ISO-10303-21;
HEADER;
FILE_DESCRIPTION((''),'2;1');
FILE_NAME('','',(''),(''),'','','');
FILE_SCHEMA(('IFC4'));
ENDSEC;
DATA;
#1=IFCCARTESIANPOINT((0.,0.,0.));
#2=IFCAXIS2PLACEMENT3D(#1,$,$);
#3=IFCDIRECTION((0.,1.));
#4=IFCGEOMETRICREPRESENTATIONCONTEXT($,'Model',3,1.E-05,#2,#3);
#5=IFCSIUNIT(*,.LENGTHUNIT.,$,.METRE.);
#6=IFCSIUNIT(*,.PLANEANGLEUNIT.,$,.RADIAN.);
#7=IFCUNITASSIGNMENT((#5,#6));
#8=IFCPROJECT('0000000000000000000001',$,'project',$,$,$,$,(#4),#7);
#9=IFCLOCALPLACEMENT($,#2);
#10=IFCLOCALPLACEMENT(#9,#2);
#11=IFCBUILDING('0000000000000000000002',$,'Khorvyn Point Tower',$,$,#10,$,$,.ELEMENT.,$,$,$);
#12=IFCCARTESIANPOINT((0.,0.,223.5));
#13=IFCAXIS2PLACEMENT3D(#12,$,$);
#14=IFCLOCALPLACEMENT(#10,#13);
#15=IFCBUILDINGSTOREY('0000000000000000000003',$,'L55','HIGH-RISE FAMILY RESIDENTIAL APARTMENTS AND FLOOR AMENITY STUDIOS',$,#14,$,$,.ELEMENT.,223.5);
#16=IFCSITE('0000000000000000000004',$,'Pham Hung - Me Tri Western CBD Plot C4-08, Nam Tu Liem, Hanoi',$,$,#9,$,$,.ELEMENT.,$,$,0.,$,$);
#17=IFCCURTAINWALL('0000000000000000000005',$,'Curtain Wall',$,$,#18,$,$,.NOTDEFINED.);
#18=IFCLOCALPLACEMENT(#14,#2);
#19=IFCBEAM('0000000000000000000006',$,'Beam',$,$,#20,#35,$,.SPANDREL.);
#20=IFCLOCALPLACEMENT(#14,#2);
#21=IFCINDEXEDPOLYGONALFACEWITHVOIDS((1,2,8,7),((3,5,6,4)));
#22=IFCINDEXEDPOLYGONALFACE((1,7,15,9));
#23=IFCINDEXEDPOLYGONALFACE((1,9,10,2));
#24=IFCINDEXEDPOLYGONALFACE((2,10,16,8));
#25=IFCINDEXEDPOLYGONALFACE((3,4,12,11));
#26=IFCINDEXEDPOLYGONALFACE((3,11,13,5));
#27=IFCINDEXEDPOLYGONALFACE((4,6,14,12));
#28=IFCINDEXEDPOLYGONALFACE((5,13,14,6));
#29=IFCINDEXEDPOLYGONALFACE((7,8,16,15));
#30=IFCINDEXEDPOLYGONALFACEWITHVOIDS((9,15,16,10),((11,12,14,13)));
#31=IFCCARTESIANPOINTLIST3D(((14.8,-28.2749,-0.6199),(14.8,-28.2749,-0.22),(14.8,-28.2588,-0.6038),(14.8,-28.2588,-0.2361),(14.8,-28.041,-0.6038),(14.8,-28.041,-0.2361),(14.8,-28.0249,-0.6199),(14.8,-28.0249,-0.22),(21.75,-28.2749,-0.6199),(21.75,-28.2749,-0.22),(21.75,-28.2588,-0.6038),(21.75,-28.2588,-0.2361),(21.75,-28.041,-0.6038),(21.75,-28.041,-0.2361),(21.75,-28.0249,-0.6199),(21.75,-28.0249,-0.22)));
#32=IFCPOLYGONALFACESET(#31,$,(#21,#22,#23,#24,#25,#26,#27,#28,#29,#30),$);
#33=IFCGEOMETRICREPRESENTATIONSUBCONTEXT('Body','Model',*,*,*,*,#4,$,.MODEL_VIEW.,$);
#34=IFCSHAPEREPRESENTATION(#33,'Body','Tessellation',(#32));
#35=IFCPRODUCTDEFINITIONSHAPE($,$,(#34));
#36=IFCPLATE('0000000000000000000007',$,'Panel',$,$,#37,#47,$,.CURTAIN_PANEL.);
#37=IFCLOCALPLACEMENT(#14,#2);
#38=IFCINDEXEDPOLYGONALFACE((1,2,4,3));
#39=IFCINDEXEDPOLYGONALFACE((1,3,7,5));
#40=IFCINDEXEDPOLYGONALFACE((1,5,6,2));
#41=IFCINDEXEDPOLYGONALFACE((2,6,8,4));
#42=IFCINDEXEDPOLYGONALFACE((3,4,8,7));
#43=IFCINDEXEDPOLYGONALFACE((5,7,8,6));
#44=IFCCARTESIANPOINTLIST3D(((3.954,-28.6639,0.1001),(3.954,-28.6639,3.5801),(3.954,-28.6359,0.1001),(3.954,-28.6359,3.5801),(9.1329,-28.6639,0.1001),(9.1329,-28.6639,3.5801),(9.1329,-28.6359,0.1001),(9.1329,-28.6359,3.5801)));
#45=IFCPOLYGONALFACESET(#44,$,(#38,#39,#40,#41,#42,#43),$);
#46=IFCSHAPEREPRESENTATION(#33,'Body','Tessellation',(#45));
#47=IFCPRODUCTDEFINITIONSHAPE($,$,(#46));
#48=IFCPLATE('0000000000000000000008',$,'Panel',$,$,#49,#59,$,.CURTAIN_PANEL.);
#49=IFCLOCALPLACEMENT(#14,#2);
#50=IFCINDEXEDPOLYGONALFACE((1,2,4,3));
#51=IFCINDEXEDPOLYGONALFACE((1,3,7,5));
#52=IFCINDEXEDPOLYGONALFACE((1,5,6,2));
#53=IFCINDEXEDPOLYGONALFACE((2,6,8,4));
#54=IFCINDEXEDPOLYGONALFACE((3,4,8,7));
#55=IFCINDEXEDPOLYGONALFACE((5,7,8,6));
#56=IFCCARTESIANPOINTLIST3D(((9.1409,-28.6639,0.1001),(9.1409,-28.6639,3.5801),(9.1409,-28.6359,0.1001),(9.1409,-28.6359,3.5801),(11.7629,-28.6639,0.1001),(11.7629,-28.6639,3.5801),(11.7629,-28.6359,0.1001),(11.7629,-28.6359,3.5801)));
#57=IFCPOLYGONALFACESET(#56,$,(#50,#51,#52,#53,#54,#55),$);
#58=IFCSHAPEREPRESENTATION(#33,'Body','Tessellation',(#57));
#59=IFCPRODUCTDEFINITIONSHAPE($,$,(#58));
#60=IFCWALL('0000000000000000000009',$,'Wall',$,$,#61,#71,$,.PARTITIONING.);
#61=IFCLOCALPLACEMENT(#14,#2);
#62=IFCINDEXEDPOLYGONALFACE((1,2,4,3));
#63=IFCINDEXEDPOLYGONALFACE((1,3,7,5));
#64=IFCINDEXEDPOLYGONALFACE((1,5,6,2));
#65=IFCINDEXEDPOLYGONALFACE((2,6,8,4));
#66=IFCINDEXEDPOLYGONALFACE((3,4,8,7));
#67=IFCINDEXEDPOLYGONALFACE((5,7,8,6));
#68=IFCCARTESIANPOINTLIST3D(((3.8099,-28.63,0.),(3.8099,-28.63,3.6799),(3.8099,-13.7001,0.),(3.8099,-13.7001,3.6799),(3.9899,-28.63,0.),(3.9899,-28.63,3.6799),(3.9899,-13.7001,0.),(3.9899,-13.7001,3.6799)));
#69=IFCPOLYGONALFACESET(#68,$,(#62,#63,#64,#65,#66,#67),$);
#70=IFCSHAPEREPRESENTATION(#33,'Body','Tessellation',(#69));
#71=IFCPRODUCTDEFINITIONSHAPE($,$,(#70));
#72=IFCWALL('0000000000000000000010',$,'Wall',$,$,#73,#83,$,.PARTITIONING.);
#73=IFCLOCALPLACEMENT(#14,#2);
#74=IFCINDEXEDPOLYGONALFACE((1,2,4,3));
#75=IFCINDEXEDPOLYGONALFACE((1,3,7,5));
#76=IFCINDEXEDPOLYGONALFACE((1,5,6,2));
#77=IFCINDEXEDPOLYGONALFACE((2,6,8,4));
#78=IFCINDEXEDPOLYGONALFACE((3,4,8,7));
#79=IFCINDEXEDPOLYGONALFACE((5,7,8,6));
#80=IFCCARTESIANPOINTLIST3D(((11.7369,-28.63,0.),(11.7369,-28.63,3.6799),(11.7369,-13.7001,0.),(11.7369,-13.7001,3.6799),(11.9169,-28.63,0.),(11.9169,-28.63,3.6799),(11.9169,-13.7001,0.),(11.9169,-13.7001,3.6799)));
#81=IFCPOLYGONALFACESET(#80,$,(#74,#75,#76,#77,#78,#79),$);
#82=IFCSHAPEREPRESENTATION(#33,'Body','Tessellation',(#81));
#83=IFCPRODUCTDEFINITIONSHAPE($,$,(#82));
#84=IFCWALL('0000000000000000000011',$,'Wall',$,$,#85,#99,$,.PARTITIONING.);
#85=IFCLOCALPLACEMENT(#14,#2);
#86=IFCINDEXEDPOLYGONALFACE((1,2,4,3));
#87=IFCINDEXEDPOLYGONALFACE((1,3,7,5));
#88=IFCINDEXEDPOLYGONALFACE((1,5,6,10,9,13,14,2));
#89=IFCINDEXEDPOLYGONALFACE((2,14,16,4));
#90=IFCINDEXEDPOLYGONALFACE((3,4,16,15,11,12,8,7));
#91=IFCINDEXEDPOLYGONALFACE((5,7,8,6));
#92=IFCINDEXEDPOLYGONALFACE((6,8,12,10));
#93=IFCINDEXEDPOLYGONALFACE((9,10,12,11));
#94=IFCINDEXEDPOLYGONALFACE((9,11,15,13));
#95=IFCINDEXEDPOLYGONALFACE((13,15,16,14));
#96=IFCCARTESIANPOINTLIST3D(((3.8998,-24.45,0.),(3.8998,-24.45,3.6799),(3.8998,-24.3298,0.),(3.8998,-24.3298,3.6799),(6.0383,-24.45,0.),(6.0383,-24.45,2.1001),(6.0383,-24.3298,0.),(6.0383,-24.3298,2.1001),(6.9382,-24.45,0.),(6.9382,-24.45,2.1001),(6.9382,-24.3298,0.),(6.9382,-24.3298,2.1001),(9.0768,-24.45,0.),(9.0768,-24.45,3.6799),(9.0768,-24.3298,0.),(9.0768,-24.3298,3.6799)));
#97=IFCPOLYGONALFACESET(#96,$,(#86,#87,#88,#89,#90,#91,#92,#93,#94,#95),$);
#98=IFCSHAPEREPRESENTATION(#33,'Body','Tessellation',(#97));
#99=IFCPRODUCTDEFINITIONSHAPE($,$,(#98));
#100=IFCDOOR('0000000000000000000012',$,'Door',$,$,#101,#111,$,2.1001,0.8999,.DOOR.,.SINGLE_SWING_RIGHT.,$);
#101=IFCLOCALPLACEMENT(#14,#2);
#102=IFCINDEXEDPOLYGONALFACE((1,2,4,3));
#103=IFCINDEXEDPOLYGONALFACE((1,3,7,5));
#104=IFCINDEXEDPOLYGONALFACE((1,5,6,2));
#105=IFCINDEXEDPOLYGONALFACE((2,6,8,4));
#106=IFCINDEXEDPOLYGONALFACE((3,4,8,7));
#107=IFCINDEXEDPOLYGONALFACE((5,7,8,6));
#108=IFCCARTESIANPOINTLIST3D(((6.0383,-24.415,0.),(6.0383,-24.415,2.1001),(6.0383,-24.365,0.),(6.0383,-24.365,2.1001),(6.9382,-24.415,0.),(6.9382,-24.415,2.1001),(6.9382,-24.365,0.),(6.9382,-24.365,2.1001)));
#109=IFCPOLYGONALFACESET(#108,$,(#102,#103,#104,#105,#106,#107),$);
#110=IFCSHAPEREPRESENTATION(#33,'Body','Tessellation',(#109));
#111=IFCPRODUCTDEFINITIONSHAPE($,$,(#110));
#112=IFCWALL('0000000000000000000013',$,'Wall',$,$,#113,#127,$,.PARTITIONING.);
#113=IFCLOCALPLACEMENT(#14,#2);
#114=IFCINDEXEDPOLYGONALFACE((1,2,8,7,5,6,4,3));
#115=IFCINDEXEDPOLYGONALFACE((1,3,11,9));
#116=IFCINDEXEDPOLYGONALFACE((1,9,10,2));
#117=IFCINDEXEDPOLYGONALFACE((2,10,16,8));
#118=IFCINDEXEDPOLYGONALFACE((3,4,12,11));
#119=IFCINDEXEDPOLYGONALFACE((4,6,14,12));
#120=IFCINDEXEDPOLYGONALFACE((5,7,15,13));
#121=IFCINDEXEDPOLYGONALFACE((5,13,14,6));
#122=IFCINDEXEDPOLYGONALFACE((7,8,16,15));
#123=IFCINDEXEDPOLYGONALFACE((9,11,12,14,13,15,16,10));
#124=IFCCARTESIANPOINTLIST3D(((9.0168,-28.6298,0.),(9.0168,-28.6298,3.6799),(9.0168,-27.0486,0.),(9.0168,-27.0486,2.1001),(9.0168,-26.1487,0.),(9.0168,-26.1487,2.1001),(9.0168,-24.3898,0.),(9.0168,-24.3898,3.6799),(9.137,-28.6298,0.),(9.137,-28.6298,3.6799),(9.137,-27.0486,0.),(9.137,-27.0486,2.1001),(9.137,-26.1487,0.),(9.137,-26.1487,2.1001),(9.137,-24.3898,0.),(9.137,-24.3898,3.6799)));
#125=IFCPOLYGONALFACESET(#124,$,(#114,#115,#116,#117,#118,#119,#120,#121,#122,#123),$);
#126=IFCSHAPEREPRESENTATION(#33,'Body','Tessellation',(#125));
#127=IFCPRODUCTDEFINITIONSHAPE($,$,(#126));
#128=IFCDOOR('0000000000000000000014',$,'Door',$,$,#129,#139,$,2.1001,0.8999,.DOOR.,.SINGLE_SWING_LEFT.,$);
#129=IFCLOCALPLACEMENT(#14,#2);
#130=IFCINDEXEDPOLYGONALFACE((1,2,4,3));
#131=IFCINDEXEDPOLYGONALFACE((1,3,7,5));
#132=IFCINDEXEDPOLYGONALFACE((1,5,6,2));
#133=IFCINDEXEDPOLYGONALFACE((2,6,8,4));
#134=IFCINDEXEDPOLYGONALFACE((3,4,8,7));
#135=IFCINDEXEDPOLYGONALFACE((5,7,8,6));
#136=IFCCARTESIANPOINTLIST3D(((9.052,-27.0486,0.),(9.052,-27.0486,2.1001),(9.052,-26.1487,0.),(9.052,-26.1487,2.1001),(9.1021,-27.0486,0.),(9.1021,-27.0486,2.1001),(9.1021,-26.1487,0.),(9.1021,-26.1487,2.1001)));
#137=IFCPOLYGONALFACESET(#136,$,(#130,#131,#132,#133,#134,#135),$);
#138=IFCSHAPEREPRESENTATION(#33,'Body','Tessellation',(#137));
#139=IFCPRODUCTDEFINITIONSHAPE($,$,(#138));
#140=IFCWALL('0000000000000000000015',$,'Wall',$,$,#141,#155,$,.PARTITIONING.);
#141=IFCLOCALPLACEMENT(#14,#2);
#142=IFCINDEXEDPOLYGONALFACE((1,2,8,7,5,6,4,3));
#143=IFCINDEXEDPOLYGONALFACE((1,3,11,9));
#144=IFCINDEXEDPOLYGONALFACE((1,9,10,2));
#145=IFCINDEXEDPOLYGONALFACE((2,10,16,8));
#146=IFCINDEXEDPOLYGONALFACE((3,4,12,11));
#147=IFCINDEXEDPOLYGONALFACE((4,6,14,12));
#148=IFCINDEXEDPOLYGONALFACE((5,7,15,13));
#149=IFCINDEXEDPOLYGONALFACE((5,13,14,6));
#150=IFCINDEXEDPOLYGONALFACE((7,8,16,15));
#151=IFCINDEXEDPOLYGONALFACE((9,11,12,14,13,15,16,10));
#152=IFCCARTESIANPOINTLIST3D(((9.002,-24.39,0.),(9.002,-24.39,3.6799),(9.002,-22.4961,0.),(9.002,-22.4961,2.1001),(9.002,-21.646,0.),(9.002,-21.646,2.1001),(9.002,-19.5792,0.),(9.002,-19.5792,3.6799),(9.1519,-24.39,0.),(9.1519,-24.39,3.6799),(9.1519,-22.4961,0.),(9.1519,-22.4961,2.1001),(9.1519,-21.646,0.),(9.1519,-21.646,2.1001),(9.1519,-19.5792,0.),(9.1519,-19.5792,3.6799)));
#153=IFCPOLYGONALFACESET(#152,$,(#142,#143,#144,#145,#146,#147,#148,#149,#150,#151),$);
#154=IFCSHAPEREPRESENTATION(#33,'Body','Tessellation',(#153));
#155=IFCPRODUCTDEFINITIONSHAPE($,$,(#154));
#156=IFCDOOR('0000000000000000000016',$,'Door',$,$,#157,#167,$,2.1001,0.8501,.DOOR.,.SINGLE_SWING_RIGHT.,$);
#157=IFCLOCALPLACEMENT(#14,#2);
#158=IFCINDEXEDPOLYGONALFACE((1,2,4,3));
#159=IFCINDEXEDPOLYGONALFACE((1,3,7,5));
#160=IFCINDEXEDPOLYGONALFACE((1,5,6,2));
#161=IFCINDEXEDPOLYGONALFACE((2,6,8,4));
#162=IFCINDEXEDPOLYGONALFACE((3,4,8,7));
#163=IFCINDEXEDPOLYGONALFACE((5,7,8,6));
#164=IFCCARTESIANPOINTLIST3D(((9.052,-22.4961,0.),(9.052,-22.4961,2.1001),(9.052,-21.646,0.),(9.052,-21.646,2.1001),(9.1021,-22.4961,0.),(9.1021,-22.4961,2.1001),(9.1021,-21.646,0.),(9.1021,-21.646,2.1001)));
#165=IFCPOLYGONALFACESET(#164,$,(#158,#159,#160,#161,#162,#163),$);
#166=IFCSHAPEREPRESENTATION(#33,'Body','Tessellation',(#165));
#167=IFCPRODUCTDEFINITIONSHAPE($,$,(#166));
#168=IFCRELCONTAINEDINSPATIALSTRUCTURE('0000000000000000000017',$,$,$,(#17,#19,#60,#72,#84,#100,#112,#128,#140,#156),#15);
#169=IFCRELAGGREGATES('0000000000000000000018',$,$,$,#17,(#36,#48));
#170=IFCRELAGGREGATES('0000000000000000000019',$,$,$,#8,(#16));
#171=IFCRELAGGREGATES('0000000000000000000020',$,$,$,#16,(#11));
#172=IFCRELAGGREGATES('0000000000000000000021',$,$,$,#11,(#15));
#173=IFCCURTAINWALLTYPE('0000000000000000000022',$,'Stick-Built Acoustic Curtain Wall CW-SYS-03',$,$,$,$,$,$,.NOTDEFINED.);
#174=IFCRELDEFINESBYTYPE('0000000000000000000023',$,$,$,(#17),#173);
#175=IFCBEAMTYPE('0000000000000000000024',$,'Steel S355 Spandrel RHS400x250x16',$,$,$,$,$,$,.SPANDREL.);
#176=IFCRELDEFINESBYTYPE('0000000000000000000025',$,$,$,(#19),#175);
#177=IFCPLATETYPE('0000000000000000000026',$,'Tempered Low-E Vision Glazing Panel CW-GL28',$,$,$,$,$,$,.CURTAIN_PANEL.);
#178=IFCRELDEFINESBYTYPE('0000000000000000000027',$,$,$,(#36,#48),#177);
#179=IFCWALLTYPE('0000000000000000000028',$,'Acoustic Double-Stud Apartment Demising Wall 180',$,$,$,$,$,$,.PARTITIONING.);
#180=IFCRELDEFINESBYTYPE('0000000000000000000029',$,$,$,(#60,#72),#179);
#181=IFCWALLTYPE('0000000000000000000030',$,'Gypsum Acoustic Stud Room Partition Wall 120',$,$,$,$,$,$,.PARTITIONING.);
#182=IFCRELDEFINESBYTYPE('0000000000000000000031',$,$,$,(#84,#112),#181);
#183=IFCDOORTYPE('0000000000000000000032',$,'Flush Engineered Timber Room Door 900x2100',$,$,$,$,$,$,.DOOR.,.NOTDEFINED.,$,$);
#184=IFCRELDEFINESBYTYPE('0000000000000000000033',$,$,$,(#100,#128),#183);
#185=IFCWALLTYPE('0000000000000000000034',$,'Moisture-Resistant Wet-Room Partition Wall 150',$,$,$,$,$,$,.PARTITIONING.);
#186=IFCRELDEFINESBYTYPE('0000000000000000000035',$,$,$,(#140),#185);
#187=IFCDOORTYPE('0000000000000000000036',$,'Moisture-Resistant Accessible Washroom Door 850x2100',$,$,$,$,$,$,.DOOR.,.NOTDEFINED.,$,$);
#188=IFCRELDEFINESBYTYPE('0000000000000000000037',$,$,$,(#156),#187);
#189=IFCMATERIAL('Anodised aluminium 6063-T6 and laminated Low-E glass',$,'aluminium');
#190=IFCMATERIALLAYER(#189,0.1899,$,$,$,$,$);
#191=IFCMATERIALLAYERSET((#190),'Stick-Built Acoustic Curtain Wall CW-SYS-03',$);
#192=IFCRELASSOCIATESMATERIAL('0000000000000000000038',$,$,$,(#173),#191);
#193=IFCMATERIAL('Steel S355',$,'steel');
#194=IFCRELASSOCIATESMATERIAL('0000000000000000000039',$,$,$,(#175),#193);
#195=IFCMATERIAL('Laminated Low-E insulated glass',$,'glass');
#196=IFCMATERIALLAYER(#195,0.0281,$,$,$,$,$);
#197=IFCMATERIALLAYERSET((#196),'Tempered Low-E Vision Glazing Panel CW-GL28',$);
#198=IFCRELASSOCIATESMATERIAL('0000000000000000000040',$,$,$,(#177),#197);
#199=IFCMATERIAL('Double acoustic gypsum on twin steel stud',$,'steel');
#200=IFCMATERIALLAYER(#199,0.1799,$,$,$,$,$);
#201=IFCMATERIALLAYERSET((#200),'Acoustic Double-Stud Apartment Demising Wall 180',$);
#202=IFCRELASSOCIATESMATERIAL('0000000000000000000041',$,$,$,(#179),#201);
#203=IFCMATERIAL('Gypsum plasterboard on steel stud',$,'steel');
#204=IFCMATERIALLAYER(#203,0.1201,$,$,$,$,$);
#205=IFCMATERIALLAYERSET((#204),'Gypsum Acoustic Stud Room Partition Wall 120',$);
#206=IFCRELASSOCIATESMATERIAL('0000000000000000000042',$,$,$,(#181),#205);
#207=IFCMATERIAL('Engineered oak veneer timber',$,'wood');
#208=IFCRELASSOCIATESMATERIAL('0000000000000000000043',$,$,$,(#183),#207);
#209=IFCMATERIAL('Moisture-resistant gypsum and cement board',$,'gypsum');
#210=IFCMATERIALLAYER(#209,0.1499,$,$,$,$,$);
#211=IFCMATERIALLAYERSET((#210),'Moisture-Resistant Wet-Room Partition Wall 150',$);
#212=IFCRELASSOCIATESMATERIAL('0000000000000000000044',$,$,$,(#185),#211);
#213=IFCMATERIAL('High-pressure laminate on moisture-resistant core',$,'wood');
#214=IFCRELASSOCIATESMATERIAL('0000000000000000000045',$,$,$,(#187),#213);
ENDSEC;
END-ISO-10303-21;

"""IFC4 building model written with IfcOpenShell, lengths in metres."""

from ifc_helpers import new_model, si_unit, direction, frame, frame_2d, origin, origin_2d, place, context, subcontext, project, spatial, rectangle, hollow_rectangle, extrude, material, layer, layer_set, material_profile, profile_set, type_object, element, fill, aggregate, save


model = new_model("IFC4")

# Units and contexts
model_context = context("Model", 3, precision=1e-05, world=origin(), true_north=direction((0.0, 1.0)))
body_context = subcontext(model_context, "Body", "Model", "MODEL_VIEW")
ifc_project = project(units=[si_unit("LENGTHUNIT", "METRE"), si_unit("PLANEANGLEUNIT", "RADIAN")], contexts=[model_context])

# Site, building, storey
site_placement = place(None, origin())
site = spatial("IfcSite", under=ifc_project, at=site_placement, Name="Pham Hung - Me Tri Western CBD Plot C4-08, Nam Tu Liem, Hanoi", CompositionType="ELEMENT", RefElevation=0.0)
building_placement = place(site_placement, origin())
building = spatial("IfcBuilding", under=site, at=building_placement, Name="Khorvyn Point Tower", CompositionType="ELEMENT")
storey_placement = place(building_placement, frame((0.0, 0.0, 223.5)))
storey = spatial("IfcBuildingStorey", under=building, at=storey_placement, Name="L55", Description="HIGH-RISE FAMILY RESIDENTIAL APARTMENTS AND FLOOR AMENITY STUDIOS", CompositionType="ELEMENT", Elevation=223.5)

# Curtain wall
ifc_material_1 = material(Name="Anodised aluminium 6063-T6 and laminated Low-E glass", Category="aluminium")
ifc_layer_1 = layer(ifc_material_1, 0.1899)
ifc_layer_set_1 = layer_set([ifc_layer_1], Name="Stick-Built Acoustic Curtain Wall CW-SYS-03")
curtain_wall_type = type_object("IfcCurtainWallType", Name="Stick-Built Acoustic Curtain Wall CW-SYS-03", PredefinedType="NOTDEFINED", material=ifc_layer_set_1)
curtain_wall_placement = place(storey_placement, origin())
curtain_wall = element("IfcCurtainWall", 1, at=curtain_wall_placement, inside=storey, type_object=curtain_wall_type, Name="Curtain Wall", PredefinedType="NOTDEFINED")

# Beam
ifc_material_2 = material(Name="Steel S355", Category="steel")
ifc_material_profile_1 = material_profile(ifc_material_2, hollow_rectangle(XDim=0.25, YDim=0.3999, WallThickness=0.0161, at=origin_2d()))
ifc_profile_set_1 = profile_set([ifc_material_profile_1], Name="Steel S355 RHS400x250x16")
beam_type_1 = type_object("IfcBeamType", Name="Steel S355 Spandrel RHS400x250x16", PredefinedType="SPANDREL", material=ifc_profile_set_1)
beam_1_placement = place(storey_placement, frame((14.8, -28.1499, -0.4199), z_axis=(1.0, 0.0, 0.0), x_axis=(0.0, 1.0, 0.0)))
element("IfcBeam", 2, at=beam_1_placement, inside=storey, type_object=beam_type_1, Name="Beam", PredefinedType="SPANDREL", context=body_context, shape_type="SweptSolid", body=[
    extrude(hollow_rectangle(XDim=0.25, YDim=0.3999, WallThickness=0.0161, at=origin_2d()), origin(), (0.0, 0.0, 1.0), 6.95),
])

# Plates
ifc_material_3 = material(Name="Laminated Low-E insulated glass", Category="glass")
ifc_layer_2 = layer(ifc_material_3, 0.0281)
ifc_layer_set_2 = layer_set([ifc_layer_2], Name="Tempered Low-E Vision Glazing Panel CW-GL28")
plate_type = type_object("IfcPlateType", Name="Tempered Low-E Vision Glazing Panel CW-GL28", PredefinedType="CURTAIN_PANEL", material=ifc_layer_set_2)
plate_1_placement = place(storey_placement, frame((6.5435, -28.6499, 0.1001), z_axis=(0.0, 0.0, 1.0), x_axis=(-1.0, 0.0, 0.0)))
plate_1 = element("IfcPlate", 3, at=plate_1_placement, type_object=plate_type, Name="Panel", PredefinedType="CURTAIN_PANEL", context=body_context, shape_type="SweptSolid", body=[
    extrude(rectangle(XDim=5.179, YDim=0.0281, at=origin_2d()), origin(), (0.0, 0.0, 1.0), 3.48),
])
plate_2_placement = place(storey_placement, frame((10.4519, -28.6499, 0.1001), z_axis=(0.0, 0.0, 1.0), x_axis=(-1.0, 0.0, 0.0)))
plate_2 = element("IfcPlate", 4, at=plate_2_placement, type_object=plate_type, Name="Panel", PredefinedType="CURTAIN_PANEL", context=body_context, shape_type="SweptSolid", body=[
    extrude(rectangle(XDim=2.6221, YDim=0.0281, at=origin_2d()), origin(), (0.0, 0.0, 1.0), 3.48),
])
aggregate(curtain_wall, [plate_1, plate_2])

# Walls
ifc_material_4 = material(Name="Double acoustic gypsum on twin steel stud", Category="steel")
ifc_layer_3 = layer(ifc_material_4, 0.1799)
ifc_layer_set_3 = layer_set([ifc_layer_3], Name="Acoustic Double-Stud Apartment Demising Wall 180")
wall_type_1 = type_object("IfcWallType", Name="Acoustic Double-Stud Apartment Demising Wall 180", PredefinedType="PARTITIONING", material=ifc_layer_set_3)
for number, where, z_axis, x_axis, name in (
    (5, (3.8999, -28.6299, 0.0), (0.0, 0.0, 1.0), (0.0, 1.0, 0.0), "Wall"),
    (6, (11.8269, -28.6299, 0.0), (0.0, 0.0, 1.0), (0.0, 1.0, 0.0), "Wall"),
):
    element("IfcWall", number, at=place(storey_placement, frame(where, z_axis=z_axis, x_axis=x_axis)), inside=storey, type_object=wall_type_1, Name=name, PredefinedType="PARTITIONING", context=body_context, shape_type="SweptSolid", body=[
        extrude(rectangle(XDim=14.9299, YDim=0.1799, at=frame_2d((7.4648, 0.0))), origin(), (0.0, 0.0, 1.0), 3.6799),
    ])

# Walls, openings, doors
ifc_material_5 = material(Name="Gypsum plasterboard on steel stud", Category="steel")
ifc_layer_4 = layer(ifc_material_5, 0.1201)
ifc_layer_set_4 = layer_set([ifc_layer_4], Name="Gypsum Acoustic Stud Room Partition Wall 120")
wall_type_2 = type_object("IfcWallType", Name="Gypsum Acoustic Stud Room Partition Wall 120", PredefinedType="PARTITIONING", material=ifc_layer_set_4)
wall_1_placement = place(storey_placement, frame((3.8999, -24.3899, 0.0), z_axis=(0.0, 0.0, 1.0), x_axis=(1.0, 0.0, 0.0)))
wall_1 = element("IfcWall", 7, at=wall_1_placement, inside=storey, type_object=wall_type_2, Name="Wall", PredefinedType="PARTITIONING", context=body_context, shape_type="SweptSolid", body=[
    extrude(rectangle(XDim=5.177, YDim=0.1201, at=frame_2d((2.5884, 0.0))), origin(), (0.0, 0.0, 1.0), 3.6799),
])
opening_1_placement = place(wall_1_placement, frame((2.1384, 0.0, 0.0)))
opening_1 = element("IfcOpeningElement", 8, at=opening_1_placement, cuts=wall_1, PredefinedType="OPENING", context=body_context, shape_type="SweptSolid", body=[
    extrude(rectangle(XDim=0.8999, YDim=2.1001, at=frame_2d((0.45, 1.05))), frame((0.0, 0.0701, 0.0), z_axis=(0.0, -1.0, 0.0), x_axis=(1.0, 0.0, 0.0)), (0.0, 0.0, 1.0), 0.1401),
])
ifc_material_6 = material(Name="Engineered oak veneer timber", Category="wood")
door_type_1 = type_object("IfcDoorType", Name="Flush Engineered Timber Room Door 900x2100", OperationType="NOTDEFINED", PredefinedType="DOOR", material=ifc_material_6)
door_1_placement = place(opening_1_placement, origin())
door_1 = element("IfcDoor", 9, at=door_1_placement, inside=storey, type_object=door_type_1, Name="Door", OperationType="SINGLE_SWING_RIGHT", OverallHeight=2.1001, OverallWidth=0.8999, PredefinedType="DOOR", context=body_context, shape_type="SweptSolid", body=[
    extrude(rectangle(XDim=0.8999, YDim=2.1001, at=frame_2d((0.45, 1.05))), frame((0.0, 0.0249, 0.0), z_axis=(0.0, -1.0, 0.0), x_axis=(1.0, 0.0, 0.0)), (0.0, 0.0, 1.0), 0.05),
])
fill(opening_1, door_1)
wall_2_placement = place(storey_placement, frame((9.0769, -28.6299, 0.0), z_axis=(0.0, 0.0, 1.0), x_axis=(0.0, 1.0, 0.0)))
wall_2 = element("IfcWall", 10, at=wall_2_placement, inside=storey, type_object=wall_type_2, Name="Wall", PredefinedType="PARTITIONING", context=body_context, shape_type="SweptSolid", body=[
    extrude(rectangle(XDim=4.24, YDim=0.1201, at=frame_2d((2.1201, 0.0))), origin(), (0.0, 0.0, 1.0), 3.6799),
])
opening_2_placement = place(wall_2_placement, frame((1.5813, 0.0, 0.0)))
opening_2 = element("IfcOpeningElement", 11, at=opening_2_placement, cuts=wall_2, PredefinedType="OPENING", context=body_context, shape_type="SweptSolid", body=[
    extrude(rectangle(XDim=0.8999, YDim=2.1001, at=frame_2d((0.45, 1.05))), frame((0.0, 0.0701, 0.0), z_axis=(0.0, -1.0, 0.0), x_axis=(1.0, 0.0, 0.0)), (0.0, 0.0, 1.0), 0.1401),
])
door_2_placement = place(opening_2_placement, origin())
door_2 = element("IfcDoor", 12, at=door_2_placement, inside=storey, type_object=door_type_1, Name="Door", OperationType="SINGLE_SWING_LEFT", OverallHeight=2.1001, OverallWidth=0.8999, PredefinedType="DOOR", context=body_context, shape_type="SweptSolid", body=[
    extrude(rectangle(XDim=0.8999, YDim=2.1001, at=frame_2d((0.45, 1.05))), frame((0.0, 0.0249, 0.0), z_axis=(0.0, -1.0, 0.0), x_axis=(1.0, 0.0, 0.0)), (0.0, 0.0, 1.0), 0.05),
])
fill(opening_2, door_2)
ifc_material_7 = material(Name="Moisture-resistant gypsum and cement board", Category="gypsum")
ifc_layer_5 = layer(ifc_material_7, 0.1499)
ifc_layer_set_5 = layer_set([ifc_layer_5], Name="Moisture-Resistant Wet-Room Partition Wall 150")
wall_type_3 = type_object("IfcWallType", Name="Moisture-Resistant Wet-Room Partition Wall 150", PredefinedType="PARTITIONING", material=ifc_layer_set_5)
wall_3_placement = place(storey_placement, frame((9.0769, -24.3899, 0.0), z_axis=(0.0, 0.0, 1.0), x_axis=(0.0, 1.0, 0.0)))
wall_3 = element("IfcWall", 13, at=wall_3_placement, inside=storey, type_object=wall_type_3, Name="Wall", PredefinedType="PARTITIONING", context=body_context, shape_type="SweptSolid", body=[
    extrude(rectangle(XDim=4.8108, YDim=0.1499, at=frame_2d((2.4053, 0.0))), origin(), (0.0, 0.0, 1.0), 3.6799),
])
opening_3_placement = place(wall_3_placement, frame((1.8938, 0.0, 0.0)))
opening_3 = element("IfcOpeningElement", 14, at=opening_3_placement, cuts=wall_3, PredefinedType="OPENING", context=body_context, shape_type="SweptSolid", body=[
    extrude(rectangle(XDim=0.8501, YDim=2.1001, at=frame_2d((0.425, 1.05))), frame((0.0, 0.085, 0.0), z_axis=(0.0, -1.0, 0.0), x_axis=(1.0, 0.0, 0.0)), (0.0, 0.0, 1.0), 0.1699),
])
ifc_material_8 = material(Name="High-pressure laminate on moisture-resistant core", Category="wood")
door_type_2 = type_object("IfcDoorType", Name="Moisture-Resistant Accessible Washroom Door 850x2100", OperationType="NOTDEFINED", PredefinedType="DOOR", material=ifc_material_8)
door_3_placement = place(opening_3_placement, origin())
door_3 = element("IfcDoor", 15, at=door_3_placement, inside=storey, type_object=door_type_2, Name="Door", OperationType="SINGLE_SWING_RIGHT", OverallHeight=2.1001, OverallWidth=0.8501, PredefinedType="DOOR", context=body_context, shape_type="SweptSolid", body=[
    extrude(rectangle(XDim=0.8501, YDim=2.1001, at=frame_2d((0.425, 1.05))), frame((0.0, 0.0249, 0.0), z_axis=(0.0, -1.0, 0.0), x_axis=(1.0, 0.0, 0.0)), (0.0, 0.0, 1.0), 0.05),
])
fill(opening_3, door_3)

save(model, "model.ifc")
